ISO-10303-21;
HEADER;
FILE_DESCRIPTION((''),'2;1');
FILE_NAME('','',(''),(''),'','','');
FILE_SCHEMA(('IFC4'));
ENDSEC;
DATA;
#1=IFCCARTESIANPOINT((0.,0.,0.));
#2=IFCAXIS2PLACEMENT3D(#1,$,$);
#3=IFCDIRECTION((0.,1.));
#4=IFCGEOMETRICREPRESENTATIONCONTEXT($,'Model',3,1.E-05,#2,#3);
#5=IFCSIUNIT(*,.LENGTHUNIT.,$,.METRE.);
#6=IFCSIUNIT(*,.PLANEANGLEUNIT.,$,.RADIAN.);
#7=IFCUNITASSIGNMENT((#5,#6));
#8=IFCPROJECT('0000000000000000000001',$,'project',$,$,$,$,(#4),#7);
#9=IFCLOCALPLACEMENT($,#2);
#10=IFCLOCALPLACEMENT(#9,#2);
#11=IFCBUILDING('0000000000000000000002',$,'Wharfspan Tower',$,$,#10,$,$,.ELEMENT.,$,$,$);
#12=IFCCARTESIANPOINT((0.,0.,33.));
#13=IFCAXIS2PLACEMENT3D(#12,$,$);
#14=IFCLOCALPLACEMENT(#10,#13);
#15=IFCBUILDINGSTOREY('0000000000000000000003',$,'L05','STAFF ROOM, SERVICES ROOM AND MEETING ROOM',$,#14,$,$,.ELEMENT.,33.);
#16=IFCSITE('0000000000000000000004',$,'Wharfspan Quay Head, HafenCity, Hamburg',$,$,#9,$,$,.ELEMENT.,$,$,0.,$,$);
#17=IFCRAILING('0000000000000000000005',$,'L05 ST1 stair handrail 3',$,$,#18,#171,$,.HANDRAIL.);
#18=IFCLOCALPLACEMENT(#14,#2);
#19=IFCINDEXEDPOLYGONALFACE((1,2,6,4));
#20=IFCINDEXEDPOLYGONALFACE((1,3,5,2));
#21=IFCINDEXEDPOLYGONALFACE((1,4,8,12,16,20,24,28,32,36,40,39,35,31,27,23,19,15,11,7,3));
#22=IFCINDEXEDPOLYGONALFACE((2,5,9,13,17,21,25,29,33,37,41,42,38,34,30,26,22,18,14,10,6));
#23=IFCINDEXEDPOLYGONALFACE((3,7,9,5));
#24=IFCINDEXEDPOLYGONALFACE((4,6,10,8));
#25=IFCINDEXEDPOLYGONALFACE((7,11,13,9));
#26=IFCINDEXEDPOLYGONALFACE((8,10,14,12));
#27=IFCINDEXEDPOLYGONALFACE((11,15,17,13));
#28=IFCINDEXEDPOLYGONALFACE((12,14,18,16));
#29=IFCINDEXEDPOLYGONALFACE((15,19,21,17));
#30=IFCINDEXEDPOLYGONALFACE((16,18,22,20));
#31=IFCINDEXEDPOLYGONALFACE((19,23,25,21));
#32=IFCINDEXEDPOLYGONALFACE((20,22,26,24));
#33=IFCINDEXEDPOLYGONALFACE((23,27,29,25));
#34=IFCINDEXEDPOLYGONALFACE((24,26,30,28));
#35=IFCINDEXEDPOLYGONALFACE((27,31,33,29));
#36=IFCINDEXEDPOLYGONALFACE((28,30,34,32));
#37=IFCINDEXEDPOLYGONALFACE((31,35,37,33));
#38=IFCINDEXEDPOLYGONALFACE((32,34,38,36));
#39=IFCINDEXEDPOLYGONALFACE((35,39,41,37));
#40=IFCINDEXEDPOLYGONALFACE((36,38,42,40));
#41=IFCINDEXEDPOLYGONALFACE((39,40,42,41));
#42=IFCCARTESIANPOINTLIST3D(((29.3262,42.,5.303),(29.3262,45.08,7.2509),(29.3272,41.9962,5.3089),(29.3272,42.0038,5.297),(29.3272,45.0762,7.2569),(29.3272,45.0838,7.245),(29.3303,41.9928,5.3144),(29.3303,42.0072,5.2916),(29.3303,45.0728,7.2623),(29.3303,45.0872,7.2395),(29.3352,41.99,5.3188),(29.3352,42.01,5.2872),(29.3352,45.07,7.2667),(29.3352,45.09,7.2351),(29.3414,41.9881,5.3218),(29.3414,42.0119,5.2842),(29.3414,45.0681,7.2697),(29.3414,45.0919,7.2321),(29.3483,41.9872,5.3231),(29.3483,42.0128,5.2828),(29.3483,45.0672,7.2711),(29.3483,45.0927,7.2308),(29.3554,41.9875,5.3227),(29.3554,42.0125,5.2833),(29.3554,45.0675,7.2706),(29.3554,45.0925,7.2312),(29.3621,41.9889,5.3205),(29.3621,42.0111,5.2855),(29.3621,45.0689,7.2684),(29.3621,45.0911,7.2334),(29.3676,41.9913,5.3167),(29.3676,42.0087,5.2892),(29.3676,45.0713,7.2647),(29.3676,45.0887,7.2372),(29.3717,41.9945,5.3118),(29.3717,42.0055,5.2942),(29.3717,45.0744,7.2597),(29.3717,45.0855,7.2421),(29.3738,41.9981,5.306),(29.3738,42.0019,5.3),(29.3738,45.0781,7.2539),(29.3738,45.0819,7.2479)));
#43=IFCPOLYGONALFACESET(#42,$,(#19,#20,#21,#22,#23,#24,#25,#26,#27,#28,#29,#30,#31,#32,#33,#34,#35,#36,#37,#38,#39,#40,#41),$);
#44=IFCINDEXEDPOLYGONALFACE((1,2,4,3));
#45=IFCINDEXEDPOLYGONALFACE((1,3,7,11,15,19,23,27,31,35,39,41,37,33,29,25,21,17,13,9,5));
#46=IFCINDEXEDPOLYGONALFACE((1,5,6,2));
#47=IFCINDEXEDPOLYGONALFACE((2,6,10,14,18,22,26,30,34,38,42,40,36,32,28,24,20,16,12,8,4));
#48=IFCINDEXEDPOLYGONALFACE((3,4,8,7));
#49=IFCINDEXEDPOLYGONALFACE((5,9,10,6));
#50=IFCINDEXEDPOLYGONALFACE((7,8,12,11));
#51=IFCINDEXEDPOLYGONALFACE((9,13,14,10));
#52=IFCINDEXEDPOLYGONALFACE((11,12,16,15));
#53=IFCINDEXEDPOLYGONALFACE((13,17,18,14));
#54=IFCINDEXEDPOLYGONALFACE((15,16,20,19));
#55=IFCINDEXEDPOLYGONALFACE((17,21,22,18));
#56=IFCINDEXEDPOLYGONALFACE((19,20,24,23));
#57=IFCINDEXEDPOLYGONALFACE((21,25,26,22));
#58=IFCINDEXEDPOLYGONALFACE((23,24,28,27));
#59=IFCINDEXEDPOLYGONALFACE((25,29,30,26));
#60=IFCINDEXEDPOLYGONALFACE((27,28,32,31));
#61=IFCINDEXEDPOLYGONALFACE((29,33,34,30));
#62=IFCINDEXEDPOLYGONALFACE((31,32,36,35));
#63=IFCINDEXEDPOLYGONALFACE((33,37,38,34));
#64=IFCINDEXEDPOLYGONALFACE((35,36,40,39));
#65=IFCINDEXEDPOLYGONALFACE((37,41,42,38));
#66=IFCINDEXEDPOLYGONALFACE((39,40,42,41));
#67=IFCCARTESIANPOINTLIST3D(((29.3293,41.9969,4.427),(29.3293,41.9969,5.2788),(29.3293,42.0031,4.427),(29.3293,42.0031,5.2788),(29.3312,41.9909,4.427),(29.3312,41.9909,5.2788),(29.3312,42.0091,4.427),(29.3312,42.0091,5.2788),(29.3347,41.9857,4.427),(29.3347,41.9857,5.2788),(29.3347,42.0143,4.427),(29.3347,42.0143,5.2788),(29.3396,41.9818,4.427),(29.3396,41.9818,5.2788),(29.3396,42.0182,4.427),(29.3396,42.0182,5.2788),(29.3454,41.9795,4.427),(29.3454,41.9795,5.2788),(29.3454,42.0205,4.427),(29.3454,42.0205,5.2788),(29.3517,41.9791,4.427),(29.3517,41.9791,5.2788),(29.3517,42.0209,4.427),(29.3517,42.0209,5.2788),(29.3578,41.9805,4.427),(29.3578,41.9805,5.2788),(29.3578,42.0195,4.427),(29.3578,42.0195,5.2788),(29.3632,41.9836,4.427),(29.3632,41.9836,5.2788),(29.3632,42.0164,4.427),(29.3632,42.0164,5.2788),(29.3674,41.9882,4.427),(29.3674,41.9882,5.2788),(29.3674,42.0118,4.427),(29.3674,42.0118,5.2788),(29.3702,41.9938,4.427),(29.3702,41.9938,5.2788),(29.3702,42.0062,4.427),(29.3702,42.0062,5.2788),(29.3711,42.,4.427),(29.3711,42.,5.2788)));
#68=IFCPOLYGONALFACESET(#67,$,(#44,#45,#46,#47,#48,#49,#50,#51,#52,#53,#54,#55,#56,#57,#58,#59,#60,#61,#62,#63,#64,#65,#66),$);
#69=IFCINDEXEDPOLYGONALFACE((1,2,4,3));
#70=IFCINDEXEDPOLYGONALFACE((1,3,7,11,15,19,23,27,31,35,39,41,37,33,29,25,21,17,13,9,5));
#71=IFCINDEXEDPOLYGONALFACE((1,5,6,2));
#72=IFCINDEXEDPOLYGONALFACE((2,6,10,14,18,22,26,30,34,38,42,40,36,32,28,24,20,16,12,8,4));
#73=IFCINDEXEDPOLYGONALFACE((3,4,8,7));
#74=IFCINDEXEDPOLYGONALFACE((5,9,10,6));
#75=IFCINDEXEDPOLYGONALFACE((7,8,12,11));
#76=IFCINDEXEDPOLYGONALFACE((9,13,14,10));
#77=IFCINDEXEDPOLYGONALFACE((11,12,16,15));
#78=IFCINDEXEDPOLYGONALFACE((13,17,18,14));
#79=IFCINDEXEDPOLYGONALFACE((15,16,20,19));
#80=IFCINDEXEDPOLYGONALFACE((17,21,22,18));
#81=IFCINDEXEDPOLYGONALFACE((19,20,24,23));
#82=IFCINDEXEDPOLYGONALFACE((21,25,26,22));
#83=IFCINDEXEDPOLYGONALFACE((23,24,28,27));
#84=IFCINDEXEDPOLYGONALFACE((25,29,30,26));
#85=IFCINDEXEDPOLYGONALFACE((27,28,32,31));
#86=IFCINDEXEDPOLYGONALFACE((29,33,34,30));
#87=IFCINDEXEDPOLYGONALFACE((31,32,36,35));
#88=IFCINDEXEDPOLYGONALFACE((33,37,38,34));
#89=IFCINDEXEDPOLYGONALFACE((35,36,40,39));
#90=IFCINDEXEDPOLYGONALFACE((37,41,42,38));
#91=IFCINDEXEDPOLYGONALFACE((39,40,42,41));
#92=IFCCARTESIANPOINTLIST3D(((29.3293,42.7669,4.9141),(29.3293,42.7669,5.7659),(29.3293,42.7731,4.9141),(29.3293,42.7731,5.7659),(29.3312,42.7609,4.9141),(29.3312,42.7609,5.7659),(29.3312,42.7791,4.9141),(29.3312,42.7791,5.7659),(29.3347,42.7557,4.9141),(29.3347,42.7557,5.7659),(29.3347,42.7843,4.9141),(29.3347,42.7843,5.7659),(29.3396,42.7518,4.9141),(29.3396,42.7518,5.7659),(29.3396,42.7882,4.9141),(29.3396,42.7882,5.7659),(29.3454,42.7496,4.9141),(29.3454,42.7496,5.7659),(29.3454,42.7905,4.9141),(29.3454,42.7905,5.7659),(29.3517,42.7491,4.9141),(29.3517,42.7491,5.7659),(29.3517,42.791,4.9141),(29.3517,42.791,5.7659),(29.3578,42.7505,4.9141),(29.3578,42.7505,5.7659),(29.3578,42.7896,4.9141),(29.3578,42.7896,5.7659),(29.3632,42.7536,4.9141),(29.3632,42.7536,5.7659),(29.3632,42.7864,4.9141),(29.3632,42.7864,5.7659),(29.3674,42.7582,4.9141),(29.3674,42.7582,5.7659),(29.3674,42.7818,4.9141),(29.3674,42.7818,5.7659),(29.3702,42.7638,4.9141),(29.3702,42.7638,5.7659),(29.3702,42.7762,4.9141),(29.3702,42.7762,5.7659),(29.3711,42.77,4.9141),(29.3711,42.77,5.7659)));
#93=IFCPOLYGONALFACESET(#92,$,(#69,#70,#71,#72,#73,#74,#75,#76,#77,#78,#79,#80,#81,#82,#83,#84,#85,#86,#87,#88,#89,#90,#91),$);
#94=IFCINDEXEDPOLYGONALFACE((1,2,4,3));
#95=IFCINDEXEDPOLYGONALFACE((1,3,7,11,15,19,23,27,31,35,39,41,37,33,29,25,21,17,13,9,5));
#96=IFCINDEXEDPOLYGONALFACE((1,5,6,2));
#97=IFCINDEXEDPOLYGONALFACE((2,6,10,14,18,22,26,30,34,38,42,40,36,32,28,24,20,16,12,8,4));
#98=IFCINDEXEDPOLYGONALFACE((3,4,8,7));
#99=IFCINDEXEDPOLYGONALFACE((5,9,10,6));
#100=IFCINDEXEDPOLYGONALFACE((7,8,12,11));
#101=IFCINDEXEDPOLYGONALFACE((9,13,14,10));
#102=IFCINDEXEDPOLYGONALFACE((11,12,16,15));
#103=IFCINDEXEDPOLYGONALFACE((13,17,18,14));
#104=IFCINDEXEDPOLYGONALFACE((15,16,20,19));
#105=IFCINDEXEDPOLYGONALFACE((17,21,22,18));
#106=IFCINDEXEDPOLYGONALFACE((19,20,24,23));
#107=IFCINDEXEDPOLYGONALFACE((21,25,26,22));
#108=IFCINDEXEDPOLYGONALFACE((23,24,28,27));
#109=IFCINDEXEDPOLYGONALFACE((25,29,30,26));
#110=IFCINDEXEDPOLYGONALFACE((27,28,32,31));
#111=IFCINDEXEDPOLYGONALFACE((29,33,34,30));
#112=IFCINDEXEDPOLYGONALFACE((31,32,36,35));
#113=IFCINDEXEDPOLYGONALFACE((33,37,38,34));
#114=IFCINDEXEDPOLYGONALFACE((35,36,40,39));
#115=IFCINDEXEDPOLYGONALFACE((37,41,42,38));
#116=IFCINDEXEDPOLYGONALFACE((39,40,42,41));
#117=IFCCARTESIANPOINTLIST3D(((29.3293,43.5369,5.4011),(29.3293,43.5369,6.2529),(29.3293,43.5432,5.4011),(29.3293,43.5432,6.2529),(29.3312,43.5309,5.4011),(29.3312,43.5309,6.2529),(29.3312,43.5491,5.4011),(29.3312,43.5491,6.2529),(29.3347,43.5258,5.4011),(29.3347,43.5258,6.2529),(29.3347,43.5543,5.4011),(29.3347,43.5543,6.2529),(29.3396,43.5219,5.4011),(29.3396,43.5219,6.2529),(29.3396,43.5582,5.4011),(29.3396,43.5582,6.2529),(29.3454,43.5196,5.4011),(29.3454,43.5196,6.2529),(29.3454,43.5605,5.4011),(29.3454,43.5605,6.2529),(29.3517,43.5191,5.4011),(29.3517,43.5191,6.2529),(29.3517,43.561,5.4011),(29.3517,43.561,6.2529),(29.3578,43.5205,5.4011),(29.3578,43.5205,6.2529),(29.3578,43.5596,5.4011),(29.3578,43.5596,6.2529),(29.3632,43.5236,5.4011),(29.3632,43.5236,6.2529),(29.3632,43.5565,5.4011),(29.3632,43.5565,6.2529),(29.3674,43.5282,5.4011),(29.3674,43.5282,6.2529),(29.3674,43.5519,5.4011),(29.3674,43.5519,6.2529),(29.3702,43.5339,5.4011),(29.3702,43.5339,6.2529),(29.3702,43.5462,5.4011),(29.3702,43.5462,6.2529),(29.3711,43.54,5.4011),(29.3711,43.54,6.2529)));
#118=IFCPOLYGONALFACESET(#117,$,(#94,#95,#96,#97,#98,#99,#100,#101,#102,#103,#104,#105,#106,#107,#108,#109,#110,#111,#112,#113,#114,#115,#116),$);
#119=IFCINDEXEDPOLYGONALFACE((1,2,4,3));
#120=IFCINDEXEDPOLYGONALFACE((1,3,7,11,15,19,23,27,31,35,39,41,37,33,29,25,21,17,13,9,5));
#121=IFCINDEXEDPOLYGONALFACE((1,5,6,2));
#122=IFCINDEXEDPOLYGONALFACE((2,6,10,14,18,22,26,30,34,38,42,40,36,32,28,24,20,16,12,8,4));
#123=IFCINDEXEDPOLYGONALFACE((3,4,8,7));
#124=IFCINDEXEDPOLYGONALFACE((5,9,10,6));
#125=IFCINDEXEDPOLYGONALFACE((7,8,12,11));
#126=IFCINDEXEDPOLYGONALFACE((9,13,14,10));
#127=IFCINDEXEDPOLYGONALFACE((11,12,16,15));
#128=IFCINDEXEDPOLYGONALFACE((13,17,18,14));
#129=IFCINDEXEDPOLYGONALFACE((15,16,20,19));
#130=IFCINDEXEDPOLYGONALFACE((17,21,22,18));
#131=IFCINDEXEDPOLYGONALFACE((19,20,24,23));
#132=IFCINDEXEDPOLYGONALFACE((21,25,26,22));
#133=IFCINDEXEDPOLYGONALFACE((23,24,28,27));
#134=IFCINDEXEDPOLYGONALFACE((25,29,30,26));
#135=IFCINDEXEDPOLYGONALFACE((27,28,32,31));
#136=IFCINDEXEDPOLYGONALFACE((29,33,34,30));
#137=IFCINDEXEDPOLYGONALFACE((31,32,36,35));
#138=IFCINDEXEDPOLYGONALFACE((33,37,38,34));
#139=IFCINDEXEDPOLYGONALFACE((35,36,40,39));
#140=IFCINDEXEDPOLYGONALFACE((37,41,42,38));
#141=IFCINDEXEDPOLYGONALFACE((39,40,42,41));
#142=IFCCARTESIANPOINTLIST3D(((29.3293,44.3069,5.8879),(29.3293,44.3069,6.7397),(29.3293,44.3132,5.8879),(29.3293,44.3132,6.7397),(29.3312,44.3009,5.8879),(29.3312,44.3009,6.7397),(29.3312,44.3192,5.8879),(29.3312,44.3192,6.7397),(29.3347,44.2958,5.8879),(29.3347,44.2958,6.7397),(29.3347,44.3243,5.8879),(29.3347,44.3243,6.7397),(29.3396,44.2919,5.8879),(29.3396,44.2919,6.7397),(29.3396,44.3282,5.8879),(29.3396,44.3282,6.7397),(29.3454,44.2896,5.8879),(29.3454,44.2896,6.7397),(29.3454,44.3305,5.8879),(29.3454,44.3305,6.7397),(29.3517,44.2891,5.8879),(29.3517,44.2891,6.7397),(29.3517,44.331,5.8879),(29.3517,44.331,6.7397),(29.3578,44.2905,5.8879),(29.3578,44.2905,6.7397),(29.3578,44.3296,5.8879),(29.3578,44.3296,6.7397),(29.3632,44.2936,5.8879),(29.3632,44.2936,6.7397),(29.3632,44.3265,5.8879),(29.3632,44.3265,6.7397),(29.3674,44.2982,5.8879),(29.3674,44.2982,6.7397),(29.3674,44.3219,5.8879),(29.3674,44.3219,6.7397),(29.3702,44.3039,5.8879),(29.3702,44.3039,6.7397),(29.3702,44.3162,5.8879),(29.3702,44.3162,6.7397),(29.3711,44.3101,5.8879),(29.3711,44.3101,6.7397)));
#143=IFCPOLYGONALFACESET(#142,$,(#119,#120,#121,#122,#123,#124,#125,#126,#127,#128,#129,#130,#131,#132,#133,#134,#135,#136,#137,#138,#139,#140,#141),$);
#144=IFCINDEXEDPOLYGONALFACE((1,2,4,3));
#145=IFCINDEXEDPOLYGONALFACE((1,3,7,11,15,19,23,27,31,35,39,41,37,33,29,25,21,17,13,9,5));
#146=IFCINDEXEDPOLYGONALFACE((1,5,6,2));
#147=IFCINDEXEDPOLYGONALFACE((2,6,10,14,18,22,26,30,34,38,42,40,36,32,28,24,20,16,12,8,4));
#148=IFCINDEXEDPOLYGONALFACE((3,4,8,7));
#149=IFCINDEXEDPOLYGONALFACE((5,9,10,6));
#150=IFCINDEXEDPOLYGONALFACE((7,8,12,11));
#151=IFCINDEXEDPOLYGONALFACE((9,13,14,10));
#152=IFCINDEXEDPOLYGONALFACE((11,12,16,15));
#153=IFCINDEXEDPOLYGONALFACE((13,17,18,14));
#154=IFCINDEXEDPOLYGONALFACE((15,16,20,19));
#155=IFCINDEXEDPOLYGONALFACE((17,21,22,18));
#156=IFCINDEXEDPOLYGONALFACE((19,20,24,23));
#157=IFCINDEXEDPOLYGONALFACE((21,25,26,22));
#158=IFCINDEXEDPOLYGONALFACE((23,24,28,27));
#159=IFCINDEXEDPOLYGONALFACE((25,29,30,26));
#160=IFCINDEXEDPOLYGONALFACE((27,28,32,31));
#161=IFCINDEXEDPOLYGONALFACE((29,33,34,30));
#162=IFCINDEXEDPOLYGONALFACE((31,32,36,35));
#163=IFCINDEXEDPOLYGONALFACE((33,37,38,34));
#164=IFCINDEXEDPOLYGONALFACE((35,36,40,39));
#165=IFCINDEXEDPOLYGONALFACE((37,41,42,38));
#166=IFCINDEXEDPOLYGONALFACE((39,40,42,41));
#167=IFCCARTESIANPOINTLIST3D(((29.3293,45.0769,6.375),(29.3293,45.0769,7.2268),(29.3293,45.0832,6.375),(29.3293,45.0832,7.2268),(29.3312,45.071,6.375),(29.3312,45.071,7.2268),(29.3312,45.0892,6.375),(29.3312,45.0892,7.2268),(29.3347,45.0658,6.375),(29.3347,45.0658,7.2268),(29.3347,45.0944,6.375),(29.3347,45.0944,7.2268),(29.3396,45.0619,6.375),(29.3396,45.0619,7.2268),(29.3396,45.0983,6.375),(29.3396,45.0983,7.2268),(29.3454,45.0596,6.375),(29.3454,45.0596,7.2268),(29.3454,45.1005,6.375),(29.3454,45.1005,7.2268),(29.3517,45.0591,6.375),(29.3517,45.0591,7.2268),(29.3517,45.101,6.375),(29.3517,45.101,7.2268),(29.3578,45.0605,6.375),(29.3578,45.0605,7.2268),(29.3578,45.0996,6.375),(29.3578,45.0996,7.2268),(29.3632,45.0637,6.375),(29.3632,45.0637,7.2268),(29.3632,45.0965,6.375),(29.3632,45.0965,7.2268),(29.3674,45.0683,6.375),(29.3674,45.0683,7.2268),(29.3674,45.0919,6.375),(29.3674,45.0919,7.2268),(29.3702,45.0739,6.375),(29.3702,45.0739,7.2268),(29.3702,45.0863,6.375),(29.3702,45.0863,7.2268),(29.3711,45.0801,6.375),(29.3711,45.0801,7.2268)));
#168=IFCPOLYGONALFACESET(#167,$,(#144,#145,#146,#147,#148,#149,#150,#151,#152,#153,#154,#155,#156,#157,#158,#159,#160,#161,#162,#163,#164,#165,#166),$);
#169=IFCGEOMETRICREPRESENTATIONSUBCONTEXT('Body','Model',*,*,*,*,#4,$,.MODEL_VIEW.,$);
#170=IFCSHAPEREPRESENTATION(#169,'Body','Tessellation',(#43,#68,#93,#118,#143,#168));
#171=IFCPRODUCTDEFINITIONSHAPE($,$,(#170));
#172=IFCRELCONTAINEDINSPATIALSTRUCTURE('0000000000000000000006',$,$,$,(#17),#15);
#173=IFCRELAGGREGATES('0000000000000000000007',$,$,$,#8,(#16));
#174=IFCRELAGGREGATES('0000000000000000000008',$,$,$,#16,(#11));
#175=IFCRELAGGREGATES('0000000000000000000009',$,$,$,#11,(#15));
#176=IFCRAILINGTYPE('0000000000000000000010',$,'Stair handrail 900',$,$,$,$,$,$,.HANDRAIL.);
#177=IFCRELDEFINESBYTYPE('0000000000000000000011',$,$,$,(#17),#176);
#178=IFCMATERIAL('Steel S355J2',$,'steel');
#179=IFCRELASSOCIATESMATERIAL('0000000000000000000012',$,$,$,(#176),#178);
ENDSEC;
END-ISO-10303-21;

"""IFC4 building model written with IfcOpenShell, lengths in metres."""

from ifc_helpers import new_model, si_unit, direction, frame, origin, origin_2d, place, context, subcontext, project, spatial, circle, extrude, material, type_object, element, save


model = new_model("IFC4")

# Units and contexts
model_context = context("Model", 3, precision=1e-05, world=origin(), true_north=direction((0.0, 1.0)))
body_context = subcontext(model_context, "Body", "Model", "MODEL_VIEW")
ifc_project = project(units=[si_unit("LENGTHUNIT", "METRE"), si_unit("PLANEANGLEUNIT", "RADIAN")], contexts=[model_context])

# Site, building, storey
site_placement = place(None, origin())
site = spatial("IfcSite", under=ifc_project, at=site_placement, Name="Wharfspan Quay Head, HafenCity, Hamburg", CompositionType="ELEMENT", RefElevation=0.0)
building_placement = place(site_placement, origin())
building = spatial("IfcBuilding", under=site, at=building_placement, Name="Wharfspan Tower", CompositionType="ELEMENT")
storey_placement = place(building_placement, frame((0.0, 0.0, 33.0)))
storey = spatial("IfcBuildingStorey", under=building, at=storey_placement, Name="L05", Description="STAFF ROOM, SERVICES ROOM AND MEETING ROOM", CompositionType="ELEMENT", Elevation=33.0)

# Railing
ifc_material_1 = material(Name="Steel S355J2", Category="steel")
railing_type_1 = type_object("IfcRailingType", Name="Stair handrail 900", PredefinedType="HANDRAIL", material=ifc_material_1)
railing_1_placement = place(storey_placement, frame((29.3501, 42.0, 4.427)))
element("IfcRailing", 1, at=railing_1_placement, inside=storey, type_object=railing_type_1, Name="L05 ST1 stair handrail 3", PredefinedType="HANDRAIL", context=body_context, shape_type="SweptSolid", body=[
    extrude(circle(Radius=0.0239, at=origin_2d()), frame((0.0, 0.0, 0.876), z_axis=(0.0, 0.845156, 0.53452), x_axis=(-1.0, 0.0, 0.0)), (0.0, 0.0, 1.0), 3.6443),
    extrude(circle(Radius=0.021, at=origin_2d()), origin(), (0.0, 0.0, 1.0), 0.8518),
    extrude(circle(Radius=0.021, at=origin_2d()), frame((0.0, 0.77, 0.4871)), (0.0, 0.0, 1.0), 0.8518),
    extrude(circle(Radius=0.021, at=origin_2d()), frame((0.0, 1.54, 0.9741)), (0.0, 0.0, 1.0), 0.8518),
    extrude(circle(Radius=0.021, at=origin_2d()), frame((0.0, 2.3101, 1.4609)), (0.0, 0.0, 1.0), 0.8518),
    extrude(circle(Radius=0.021, at=origin_2d()), frame((0.0, 3.0801, 1.948)), (0.0, 0.0, 1.0), 0.8518),
])

save(model, "model.ifc")
